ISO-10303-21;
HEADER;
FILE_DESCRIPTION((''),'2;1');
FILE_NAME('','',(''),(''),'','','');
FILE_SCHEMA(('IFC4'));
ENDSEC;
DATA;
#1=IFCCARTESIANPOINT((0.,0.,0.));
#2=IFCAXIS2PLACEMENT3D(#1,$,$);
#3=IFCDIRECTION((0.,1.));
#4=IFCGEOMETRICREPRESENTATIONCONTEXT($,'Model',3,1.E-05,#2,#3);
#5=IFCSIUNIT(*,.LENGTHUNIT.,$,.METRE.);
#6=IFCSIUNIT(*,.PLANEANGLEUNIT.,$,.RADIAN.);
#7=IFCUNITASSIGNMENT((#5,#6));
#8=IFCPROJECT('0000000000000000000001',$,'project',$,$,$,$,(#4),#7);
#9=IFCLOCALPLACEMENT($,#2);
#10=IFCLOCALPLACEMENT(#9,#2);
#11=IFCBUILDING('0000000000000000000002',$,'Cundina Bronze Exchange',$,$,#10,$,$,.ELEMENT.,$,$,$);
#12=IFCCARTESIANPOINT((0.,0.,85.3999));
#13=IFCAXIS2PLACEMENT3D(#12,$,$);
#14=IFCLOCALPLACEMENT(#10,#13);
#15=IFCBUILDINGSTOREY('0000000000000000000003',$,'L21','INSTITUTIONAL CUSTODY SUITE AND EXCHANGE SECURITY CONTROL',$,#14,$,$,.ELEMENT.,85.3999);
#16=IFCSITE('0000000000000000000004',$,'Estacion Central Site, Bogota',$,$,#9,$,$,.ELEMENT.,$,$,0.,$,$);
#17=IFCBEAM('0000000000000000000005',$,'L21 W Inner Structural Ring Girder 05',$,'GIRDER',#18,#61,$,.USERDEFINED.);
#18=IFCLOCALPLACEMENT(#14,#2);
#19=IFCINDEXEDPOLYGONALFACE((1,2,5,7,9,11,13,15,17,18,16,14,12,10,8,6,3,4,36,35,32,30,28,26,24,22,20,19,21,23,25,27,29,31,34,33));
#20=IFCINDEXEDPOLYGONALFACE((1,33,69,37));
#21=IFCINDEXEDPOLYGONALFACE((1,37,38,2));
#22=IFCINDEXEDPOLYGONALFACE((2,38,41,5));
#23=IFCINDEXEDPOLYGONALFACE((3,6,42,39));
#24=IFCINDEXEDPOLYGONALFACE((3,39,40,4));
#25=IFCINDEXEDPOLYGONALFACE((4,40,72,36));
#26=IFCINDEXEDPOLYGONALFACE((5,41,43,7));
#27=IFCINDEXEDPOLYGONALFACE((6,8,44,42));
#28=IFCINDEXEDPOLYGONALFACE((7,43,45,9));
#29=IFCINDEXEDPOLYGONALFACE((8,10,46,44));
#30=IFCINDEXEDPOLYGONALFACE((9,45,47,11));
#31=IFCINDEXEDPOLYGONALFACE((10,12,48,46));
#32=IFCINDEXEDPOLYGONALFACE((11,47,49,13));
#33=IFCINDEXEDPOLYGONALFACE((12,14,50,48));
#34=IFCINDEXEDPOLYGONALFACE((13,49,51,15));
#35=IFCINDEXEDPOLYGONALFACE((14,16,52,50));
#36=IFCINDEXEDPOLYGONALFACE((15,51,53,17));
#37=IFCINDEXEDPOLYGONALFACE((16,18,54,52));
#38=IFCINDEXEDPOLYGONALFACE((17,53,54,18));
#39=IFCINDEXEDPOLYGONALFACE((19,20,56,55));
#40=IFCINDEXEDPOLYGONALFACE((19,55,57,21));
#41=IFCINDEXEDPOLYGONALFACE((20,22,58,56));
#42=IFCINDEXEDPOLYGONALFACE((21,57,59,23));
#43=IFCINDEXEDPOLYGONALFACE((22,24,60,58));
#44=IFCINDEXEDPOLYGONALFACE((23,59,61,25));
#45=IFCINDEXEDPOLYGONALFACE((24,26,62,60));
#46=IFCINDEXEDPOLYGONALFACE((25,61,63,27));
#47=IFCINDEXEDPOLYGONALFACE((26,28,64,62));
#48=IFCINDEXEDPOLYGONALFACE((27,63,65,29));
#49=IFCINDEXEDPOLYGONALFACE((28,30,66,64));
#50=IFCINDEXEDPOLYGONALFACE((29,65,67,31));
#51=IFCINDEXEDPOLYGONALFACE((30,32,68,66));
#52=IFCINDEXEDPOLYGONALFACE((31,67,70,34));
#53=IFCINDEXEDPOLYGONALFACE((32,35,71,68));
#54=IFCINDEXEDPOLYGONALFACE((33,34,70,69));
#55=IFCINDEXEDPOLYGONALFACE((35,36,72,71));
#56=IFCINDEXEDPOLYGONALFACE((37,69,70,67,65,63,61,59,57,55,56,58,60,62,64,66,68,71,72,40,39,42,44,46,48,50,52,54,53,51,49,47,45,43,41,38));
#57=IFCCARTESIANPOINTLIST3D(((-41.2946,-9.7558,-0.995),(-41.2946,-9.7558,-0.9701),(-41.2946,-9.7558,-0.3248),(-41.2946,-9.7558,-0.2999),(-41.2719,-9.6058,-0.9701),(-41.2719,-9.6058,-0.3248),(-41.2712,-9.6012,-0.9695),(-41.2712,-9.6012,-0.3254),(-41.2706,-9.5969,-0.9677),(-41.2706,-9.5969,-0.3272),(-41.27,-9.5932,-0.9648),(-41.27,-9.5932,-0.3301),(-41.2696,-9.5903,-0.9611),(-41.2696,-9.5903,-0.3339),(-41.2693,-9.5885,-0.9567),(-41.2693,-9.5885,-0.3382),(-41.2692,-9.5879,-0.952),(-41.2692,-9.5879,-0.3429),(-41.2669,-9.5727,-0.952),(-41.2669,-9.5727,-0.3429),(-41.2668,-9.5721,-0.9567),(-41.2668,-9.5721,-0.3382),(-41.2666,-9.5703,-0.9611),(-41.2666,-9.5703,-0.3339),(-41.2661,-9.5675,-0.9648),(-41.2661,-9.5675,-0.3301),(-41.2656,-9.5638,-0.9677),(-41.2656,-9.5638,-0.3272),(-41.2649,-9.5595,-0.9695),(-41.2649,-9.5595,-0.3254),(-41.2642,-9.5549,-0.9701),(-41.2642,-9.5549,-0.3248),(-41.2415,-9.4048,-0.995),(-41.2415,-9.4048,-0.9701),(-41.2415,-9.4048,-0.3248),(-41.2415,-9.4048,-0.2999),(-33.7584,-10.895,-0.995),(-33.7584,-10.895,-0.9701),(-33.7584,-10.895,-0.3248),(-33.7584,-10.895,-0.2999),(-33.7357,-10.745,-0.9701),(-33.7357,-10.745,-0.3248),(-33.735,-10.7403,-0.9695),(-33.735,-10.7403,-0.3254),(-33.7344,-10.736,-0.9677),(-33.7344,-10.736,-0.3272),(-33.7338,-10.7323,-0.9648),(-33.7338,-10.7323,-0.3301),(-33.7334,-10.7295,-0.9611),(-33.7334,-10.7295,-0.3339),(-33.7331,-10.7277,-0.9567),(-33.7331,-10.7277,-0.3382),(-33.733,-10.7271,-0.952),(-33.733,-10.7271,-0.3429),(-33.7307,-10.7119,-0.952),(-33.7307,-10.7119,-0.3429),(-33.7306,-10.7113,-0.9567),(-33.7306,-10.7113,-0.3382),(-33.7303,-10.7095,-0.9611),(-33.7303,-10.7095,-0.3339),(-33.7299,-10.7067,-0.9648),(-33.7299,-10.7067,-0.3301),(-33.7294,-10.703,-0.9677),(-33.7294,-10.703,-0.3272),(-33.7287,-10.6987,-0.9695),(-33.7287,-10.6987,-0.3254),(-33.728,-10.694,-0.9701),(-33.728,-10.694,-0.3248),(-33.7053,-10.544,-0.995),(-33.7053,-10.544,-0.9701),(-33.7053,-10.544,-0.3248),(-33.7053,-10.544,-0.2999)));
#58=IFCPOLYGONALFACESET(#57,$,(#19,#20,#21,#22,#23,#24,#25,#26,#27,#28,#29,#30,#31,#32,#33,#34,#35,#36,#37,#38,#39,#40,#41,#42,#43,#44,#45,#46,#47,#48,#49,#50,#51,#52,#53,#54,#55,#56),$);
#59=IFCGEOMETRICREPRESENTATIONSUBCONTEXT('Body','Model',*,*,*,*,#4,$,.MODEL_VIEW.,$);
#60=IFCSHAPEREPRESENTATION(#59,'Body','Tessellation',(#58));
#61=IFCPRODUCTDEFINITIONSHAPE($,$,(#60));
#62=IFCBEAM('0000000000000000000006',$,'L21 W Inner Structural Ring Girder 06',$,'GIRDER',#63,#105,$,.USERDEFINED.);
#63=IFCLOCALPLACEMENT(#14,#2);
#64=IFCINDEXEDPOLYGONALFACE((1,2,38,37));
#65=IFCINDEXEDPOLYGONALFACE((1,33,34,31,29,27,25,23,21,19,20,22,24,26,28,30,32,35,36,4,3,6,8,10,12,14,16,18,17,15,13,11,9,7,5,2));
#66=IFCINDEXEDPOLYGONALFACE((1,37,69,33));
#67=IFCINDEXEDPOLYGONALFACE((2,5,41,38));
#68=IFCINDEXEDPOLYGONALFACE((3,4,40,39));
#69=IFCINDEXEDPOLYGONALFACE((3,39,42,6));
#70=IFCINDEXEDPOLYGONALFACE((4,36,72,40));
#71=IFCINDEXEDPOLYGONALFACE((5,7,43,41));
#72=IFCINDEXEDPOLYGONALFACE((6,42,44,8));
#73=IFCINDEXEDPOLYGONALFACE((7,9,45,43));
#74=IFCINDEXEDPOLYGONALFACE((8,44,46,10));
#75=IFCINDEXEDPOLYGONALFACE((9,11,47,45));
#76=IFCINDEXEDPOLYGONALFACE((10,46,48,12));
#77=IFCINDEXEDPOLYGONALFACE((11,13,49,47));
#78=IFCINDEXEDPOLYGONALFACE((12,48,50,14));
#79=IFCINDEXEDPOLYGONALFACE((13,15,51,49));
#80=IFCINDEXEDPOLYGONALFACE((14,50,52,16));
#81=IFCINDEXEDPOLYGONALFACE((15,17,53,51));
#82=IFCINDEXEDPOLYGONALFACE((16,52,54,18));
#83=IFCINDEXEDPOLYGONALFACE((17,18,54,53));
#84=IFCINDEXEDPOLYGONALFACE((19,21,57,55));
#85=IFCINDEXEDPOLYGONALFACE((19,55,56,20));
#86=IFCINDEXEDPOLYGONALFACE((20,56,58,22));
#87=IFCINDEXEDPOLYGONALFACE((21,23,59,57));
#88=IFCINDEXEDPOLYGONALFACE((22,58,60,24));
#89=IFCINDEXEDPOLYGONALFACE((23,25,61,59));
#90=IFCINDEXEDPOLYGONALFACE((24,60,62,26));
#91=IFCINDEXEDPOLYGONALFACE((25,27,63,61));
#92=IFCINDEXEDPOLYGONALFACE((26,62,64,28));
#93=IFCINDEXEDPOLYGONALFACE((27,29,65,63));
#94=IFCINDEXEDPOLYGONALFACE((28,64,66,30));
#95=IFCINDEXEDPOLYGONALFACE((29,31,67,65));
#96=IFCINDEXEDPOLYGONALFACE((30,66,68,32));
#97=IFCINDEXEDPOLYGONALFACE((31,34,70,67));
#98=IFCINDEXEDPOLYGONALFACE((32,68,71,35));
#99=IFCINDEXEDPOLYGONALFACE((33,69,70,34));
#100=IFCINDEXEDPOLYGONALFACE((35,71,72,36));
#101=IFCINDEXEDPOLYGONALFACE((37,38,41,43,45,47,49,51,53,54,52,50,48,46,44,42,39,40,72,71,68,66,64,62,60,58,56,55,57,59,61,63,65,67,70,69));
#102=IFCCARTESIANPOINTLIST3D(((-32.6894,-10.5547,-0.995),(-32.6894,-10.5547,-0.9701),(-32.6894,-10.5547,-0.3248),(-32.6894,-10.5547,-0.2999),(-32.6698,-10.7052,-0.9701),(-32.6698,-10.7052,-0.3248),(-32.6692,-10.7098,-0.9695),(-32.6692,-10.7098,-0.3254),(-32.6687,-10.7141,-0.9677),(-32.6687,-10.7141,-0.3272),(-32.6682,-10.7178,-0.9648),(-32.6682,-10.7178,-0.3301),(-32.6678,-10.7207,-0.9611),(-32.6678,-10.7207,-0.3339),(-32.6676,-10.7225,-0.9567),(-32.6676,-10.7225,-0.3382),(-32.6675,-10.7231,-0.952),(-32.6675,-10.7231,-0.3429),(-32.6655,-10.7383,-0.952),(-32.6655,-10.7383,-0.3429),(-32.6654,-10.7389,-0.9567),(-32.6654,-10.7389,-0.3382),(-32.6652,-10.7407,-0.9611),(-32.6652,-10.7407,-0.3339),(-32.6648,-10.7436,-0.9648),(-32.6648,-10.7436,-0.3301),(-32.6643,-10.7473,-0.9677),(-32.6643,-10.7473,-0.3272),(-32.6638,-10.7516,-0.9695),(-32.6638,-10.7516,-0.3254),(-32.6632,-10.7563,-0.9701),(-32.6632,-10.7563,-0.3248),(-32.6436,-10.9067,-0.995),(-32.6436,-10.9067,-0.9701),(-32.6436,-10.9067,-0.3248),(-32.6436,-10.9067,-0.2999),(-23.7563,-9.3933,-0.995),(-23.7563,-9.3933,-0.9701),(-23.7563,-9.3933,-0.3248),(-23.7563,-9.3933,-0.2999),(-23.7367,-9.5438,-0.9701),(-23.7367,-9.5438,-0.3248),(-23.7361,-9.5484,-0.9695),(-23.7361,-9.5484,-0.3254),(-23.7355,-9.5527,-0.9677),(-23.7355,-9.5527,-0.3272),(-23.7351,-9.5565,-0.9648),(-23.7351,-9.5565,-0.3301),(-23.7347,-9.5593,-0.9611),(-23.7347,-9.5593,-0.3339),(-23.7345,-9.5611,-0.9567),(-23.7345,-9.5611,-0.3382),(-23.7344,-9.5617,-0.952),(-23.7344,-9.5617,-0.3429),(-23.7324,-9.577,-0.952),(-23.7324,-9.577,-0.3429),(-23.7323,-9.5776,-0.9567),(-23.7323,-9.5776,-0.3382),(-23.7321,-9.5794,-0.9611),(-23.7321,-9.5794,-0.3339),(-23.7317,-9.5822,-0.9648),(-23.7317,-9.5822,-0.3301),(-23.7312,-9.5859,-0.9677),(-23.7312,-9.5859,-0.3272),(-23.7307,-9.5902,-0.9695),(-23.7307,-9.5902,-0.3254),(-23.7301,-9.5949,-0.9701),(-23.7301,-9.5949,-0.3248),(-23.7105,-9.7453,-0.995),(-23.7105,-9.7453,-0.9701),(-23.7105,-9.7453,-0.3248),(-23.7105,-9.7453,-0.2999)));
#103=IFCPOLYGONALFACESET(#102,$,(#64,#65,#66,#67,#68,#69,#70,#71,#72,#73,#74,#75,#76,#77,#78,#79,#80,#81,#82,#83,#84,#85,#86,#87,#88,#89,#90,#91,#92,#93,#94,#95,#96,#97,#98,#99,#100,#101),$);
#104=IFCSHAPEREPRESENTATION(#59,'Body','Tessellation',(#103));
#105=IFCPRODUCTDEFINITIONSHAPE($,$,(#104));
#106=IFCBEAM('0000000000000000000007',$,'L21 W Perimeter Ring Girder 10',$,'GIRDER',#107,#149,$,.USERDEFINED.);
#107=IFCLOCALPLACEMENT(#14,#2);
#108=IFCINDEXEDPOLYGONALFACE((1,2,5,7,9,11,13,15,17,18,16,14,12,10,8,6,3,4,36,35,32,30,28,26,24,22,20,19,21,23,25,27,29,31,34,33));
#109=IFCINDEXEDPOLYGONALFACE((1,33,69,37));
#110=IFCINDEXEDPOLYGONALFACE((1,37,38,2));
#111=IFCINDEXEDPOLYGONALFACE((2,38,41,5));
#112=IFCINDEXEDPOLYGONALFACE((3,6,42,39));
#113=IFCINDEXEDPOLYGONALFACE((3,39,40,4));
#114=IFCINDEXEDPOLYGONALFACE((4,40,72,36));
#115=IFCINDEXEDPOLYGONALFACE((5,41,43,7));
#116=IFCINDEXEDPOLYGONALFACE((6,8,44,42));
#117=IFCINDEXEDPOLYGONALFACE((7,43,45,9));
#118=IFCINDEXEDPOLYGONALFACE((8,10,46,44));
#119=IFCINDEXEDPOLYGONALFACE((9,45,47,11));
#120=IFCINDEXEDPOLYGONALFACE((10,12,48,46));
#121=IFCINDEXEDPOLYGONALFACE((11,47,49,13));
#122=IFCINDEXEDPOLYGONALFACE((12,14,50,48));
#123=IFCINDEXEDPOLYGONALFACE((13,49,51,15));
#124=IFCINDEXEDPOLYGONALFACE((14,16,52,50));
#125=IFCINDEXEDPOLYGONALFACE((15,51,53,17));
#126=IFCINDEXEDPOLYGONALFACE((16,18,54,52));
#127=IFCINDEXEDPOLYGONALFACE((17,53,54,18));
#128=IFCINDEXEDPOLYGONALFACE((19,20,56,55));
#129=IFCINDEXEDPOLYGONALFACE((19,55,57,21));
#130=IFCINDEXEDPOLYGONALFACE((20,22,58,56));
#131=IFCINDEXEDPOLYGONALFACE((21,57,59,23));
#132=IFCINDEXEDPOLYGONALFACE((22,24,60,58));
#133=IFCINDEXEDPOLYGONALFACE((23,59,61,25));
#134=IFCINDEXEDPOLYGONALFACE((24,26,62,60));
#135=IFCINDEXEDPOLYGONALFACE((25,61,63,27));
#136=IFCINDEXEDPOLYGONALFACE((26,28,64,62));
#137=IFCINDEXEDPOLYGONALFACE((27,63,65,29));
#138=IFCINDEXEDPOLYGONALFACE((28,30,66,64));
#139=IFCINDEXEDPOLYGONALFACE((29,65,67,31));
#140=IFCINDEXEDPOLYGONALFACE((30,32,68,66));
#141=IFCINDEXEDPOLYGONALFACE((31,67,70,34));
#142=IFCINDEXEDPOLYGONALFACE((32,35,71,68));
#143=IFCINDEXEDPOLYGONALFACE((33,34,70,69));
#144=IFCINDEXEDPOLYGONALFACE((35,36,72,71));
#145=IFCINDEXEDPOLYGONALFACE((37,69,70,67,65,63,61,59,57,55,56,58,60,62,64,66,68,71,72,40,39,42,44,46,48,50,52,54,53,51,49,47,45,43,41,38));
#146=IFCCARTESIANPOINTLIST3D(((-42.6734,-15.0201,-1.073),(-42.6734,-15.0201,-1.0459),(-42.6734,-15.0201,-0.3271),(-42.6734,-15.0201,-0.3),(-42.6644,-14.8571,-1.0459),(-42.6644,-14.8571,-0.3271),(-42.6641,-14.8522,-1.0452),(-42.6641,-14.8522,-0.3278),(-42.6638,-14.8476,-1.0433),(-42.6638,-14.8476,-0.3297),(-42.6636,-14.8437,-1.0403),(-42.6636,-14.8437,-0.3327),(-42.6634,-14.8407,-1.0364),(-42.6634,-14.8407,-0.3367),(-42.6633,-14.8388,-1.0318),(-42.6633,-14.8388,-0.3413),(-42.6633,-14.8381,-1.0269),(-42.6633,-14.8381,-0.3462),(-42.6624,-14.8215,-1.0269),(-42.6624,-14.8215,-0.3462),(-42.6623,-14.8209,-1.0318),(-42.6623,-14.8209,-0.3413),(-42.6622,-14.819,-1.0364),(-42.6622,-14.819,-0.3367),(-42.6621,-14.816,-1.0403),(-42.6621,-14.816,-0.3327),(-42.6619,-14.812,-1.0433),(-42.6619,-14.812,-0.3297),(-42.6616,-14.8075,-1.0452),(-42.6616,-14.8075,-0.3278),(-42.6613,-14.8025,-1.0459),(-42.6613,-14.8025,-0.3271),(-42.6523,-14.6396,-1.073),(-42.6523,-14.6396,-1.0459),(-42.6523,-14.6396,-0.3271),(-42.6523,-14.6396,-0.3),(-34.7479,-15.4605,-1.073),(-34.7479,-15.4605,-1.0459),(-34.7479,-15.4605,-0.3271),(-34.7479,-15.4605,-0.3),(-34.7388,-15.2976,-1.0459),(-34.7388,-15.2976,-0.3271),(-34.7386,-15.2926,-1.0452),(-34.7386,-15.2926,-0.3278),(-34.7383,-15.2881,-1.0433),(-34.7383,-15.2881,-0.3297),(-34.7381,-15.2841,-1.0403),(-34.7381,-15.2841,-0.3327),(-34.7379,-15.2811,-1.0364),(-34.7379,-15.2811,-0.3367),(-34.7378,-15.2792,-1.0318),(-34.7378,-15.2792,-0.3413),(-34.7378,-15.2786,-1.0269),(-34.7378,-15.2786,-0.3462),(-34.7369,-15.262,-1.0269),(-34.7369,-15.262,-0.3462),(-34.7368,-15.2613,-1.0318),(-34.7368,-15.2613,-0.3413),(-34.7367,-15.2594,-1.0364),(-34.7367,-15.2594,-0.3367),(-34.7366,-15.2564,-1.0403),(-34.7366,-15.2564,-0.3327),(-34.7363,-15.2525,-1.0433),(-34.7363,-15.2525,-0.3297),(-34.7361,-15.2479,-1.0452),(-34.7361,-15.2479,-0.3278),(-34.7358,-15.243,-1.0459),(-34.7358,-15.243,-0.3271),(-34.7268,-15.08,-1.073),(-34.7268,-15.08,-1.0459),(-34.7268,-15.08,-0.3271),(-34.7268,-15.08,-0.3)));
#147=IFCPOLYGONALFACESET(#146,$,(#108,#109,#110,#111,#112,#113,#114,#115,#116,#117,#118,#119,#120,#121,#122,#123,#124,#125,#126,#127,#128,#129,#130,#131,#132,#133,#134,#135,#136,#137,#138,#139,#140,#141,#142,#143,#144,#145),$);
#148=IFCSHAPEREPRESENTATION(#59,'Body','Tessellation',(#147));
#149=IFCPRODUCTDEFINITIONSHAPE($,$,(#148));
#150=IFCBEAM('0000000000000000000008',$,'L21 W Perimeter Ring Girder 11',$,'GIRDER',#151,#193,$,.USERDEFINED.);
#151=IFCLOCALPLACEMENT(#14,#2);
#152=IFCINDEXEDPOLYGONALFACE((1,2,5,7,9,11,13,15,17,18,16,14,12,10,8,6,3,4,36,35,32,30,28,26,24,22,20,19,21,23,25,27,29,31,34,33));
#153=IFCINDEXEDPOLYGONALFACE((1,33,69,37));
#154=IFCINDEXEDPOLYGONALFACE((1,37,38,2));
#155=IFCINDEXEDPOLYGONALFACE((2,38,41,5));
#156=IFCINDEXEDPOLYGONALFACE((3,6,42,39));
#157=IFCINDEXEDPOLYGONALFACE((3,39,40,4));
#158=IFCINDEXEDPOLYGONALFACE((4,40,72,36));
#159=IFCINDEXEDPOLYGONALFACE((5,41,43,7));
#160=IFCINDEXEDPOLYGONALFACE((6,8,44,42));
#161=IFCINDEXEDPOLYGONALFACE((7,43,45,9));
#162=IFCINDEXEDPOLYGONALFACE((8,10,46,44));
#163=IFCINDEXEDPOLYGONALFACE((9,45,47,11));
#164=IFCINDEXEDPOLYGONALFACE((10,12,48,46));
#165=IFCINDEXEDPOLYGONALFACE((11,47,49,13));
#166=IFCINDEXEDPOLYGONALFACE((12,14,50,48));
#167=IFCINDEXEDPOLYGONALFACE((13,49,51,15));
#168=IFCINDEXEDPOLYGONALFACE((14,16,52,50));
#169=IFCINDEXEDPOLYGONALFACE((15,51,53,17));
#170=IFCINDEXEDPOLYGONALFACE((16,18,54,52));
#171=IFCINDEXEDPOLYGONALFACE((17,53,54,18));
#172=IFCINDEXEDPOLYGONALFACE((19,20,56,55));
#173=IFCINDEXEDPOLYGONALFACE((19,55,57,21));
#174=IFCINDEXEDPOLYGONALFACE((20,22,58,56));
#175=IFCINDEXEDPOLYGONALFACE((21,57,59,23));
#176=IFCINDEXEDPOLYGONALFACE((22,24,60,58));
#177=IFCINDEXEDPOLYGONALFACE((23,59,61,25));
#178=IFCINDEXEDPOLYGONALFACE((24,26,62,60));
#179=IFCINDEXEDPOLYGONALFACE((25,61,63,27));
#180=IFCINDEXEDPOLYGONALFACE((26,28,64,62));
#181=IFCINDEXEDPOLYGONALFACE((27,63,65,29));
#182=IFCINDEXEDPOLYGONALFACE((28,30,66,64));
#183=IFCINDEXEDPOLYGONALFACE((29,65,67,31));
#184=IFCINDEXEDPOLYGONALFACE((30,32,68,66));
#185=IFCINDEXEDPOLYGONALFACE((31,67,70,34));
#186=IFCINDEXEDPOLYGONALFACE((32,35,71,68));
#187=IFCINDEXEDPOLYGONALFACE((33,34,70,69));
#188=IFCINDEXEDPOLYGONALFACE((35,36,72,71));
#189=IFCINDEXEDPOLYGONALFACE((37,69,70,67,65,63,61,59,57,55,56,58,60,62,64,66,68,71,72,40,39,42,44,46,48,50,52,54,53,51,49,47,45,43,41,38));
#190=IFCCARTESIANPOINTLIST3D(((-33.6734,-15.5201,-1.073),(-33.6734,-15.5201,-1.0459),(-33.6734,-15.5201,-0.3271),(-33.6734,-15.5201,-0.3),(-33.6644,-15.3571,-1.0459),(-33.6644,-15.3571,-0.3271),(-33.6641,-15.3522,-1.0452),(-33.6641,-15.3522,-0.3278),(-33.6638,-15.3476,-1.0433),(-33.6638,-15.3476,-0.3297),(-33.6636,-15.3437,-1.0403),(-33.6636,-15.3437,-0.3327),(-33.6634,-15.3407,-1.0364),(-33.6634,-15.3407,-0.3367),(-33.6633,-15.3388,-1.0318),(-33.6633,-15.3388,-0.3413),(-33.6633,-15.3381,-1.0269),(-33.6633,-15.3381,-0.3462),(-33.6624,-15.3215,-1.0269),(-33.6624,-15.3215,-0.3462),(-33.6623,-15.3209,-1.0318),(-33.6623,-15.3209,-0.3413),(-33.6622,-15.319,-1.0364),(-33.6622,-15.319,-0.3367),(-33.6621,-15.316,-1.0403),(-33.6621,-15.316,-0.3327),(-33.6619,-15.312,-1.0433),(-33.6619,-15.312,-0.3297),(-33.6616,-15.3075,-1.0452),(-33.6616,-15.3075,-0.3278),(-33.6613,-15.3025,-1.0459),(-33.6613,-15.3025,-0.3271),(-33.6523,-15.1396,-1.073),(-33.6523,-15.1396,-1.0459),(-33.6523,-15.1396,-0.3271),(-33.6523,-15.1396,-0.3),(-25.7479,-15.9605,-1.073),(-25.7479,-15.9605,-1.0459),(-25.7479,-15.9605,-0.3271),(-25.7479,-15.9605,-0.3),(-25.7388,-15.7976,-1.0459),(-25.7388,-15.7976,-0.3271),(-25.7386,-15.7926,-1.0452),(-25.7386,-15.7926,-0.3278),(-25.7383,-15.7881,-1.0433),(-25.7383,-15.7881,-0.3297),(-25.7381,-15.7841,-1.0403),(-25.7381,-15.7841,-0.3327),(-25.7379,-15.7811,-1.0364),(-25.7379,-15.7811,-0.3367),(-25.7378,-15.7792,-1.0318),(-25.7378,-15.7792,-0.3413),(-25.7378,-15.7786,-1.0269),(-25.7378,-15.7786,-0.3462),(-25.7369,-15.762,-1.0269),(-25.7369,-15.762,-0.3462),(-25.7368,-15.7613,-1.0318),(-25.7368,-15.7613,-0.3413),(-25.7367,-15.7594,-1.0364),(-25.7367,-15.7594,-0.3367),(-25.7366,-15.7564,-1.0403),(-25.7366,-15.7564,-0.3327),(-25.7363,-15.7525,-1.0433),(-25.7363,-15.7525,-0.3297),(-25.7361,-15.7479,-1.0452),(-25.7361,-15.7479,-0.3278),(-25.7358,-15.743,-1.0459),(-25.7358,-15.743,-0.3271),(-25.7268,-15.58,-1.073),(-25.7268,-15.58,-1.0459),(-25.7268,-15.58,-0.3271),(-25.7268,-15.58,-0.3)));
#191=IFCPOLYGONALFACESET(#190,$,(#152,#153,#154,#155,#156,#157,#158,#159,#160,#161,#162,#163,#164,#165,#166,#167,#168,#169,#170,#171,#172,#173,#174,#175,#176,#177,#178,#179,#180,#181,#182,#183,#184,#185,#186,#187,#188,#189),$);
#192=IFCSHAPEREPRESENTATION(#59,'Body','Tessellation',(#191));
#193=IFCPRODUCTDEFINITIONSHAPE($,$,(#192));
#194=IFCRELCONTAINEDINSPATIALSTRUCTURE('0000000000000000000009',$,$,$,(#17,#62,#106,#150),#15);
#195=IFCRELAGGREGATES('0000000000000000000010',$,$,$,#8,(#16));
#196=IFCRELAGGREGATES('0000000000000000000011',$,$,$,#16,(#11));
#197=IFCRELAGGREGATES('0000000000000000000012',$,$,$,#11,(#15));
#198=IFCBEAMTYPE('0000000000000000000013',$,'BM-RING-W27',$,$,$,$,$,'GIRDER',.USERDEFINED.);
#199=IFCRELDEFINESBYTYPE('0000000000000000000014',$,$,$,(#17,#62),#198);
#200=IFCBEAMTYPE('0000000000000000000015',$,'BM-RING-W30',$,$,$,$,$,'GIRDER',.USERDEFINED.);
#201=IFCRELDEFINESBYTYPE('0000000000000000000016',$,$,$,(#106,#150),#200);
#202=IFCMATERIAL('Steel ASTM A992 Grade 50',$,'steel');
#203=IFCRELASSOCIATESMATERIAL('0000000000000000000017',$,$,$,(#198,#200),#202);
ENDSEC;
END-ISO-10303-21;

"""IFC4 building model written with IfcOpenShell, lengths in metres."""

from ifc_helpers import new_model, si_unit, direction, frame, origin, origin_2d, place, context, subcontext, project, spatial, i_section, extrude, material, material_profile, profile_set, type_object, element, save


model = new_model("IFC4")

# Units and contexts
model_context = context("Model", 3, precision=1e-05, world=origin(), true_north=direction((0.0, 1.0)))
body_context = subcontext(model_context, "Body", "Model", "MODEL_VIEW")
ifc_project = project(units=[si_unit("LENGTHUNIT", "METRE"), si_unit("PLANEANGLEUNIT", "RADIAN")], contexts=[model_context])

# Site, building, storey
site_placement = place(None, origin())
site = spatial("IfcSite", under=ifc_project, at=site_placement, Name="Estacion Central Site, Bogota", CompositionType="ELEMENT", RefElevation=0.0)
building_placement = place(site_placement, origin())
building = spatial("IfcBuilding", under=site, at=building_placement, Name="Cundina Bronze Exchange", CompositionType="ELEMENT")
storey_placement = place(building_placement, frame((0.0, 0.0, 85.3999)))
storey = spatial("IfcBuildingStorey", under=building, at=storey_placement, Name="L21", Description="INSTITUTIONAL CUSTODY SUITE AND EXCHANGE SECURITY CONTROL", CompositionType="ELEMENT", Elevation=85.3999)

# Beams
ifc_material_1 = material(Name="Steel ASTM A992 Grade 50", Category="steel")
ifc_material_profile_1 = material_profile(ifc_material_1, i_section(OverallWidth=0.355, OverallDepth=0.6951, WebThickness=0.0154, FlangeThickness=0.0249, FilletRadius=0.0181, at=origin_2d()), Name="W27X146", Category="steel")
ifc_profile_set_1 = profile_set([ifc_material_profile_1], Name="Steel ASTM A992 Grade 50")
beam_type_1 = type_object("IfcBeamType", Name="BM-RING-W27", ElementType="GIRDER", PredefinedType="USERDEFINED", material=ifc_profile_set_1)
beam_1_placement = place(storey_placement, frame((-41.2681, -9.5803, -0.6475), z_axis=(0.988767, -0.149462, 0.0), x_axis=(0.149462, 0.988767, 0.0)))
element("IfcBeam", 1, at=beam_1_placement, inside=storey, type_object=beam_type_1, Name="L21 W Inner Structural Ring Girder 05", ObjectType="GIRDER", PredefinedType="USERDEFINED", context=body_context, shape_type="SweptSolid", body=[
    extrude(i_section(OverallWidth=0.355, OverallDepth=0.6951, WebThickness=0.0154, FlangeThickness=0.0249, FilletRadius=0.0181, at=origin_2d()), origin(), (0.0, 0.0, 1.0), 7.6218),
])
beam_2_placement = place(storey_placement, frame((-32.6665, -10.7307, -0.6475), z_axis=(0.991655, 0.128923, 0.0), x_axis=(-0.128923, 0.991655, 0.0)))
element("IfcBeam", 2, at=beam_2_placement, inside=storey, type_object=beam_type_1, Name="L21 W Inner Structural Ring Girder 06", ObjectType="GIRDER", PredefinedType="USERDEFINED", context=body_context, shape_type="SweptSolid", body=[
    extrude(i_section(OverallWidth=0.355, OverallDepth=0.6951, WebThickness=0.0154, FlangeThickness=0.0249, FilletRadius=0.0181, at=origin_2d()), origin(), (0.0, 0.0, 1.0), 9.0083),
])
ifc_material_profile_2 = material_profile(ifc_material_1, i_section(OverallWidth=0.3811, OverallDepth=0.7729, WebThickness=0.0166, FlangeThickness=0.0271, FilletRadius=0.019, at=origin_2d()), Name="W30X173", Category="steel")
ifc_profile_set_2 = profile_set([ifc_material_profile_2], Name="Steel ASTM A992 Grade 50")
beam_type_2 = type_object("IfcBeamType", Name="BM-RING-W30", ElementType="GIRDER", PredefinedType="USERDEFINED", material=ifc_profile_set_2)
for number, where, z_axis, x_axis, name in (
    (3, (-42.6628, -14.8298, -0.6865), (0.99846, -0.055485, 0.0), (0.055485, 0.99846, 0.0), "L21 W Perimeter Ring Girder 10"),
    (4, (-33.6628, -15.3298, -0.6865), (0.99846, -0.055485, 0.0), (0.055485, 0.99846, 0.0), "L21 W Perimeter Ring Girder 11"),
):
    element("IfcBeam", number, at=place(storey_placement, frame(where, z_axis=z_axis, x_axis=x_axis)), inside=storey, type_object=beam_type_2, Name=name, ObjectType="GIRDER", PredefinedType="USERDEFINED", context=body_context, shape_type="SweptSolid", body=[
        extrude(i_section(OverallWidth=0.3811, OverallDepth=0.7729, WebThickness=0.0166, FlangeThickness=0.0271, FilletRadius=0.019, at=origin_2d()), origin(), (0.0, 0.0, 1.0), 7.9377),
    ])

save(model, "model.ifc")
